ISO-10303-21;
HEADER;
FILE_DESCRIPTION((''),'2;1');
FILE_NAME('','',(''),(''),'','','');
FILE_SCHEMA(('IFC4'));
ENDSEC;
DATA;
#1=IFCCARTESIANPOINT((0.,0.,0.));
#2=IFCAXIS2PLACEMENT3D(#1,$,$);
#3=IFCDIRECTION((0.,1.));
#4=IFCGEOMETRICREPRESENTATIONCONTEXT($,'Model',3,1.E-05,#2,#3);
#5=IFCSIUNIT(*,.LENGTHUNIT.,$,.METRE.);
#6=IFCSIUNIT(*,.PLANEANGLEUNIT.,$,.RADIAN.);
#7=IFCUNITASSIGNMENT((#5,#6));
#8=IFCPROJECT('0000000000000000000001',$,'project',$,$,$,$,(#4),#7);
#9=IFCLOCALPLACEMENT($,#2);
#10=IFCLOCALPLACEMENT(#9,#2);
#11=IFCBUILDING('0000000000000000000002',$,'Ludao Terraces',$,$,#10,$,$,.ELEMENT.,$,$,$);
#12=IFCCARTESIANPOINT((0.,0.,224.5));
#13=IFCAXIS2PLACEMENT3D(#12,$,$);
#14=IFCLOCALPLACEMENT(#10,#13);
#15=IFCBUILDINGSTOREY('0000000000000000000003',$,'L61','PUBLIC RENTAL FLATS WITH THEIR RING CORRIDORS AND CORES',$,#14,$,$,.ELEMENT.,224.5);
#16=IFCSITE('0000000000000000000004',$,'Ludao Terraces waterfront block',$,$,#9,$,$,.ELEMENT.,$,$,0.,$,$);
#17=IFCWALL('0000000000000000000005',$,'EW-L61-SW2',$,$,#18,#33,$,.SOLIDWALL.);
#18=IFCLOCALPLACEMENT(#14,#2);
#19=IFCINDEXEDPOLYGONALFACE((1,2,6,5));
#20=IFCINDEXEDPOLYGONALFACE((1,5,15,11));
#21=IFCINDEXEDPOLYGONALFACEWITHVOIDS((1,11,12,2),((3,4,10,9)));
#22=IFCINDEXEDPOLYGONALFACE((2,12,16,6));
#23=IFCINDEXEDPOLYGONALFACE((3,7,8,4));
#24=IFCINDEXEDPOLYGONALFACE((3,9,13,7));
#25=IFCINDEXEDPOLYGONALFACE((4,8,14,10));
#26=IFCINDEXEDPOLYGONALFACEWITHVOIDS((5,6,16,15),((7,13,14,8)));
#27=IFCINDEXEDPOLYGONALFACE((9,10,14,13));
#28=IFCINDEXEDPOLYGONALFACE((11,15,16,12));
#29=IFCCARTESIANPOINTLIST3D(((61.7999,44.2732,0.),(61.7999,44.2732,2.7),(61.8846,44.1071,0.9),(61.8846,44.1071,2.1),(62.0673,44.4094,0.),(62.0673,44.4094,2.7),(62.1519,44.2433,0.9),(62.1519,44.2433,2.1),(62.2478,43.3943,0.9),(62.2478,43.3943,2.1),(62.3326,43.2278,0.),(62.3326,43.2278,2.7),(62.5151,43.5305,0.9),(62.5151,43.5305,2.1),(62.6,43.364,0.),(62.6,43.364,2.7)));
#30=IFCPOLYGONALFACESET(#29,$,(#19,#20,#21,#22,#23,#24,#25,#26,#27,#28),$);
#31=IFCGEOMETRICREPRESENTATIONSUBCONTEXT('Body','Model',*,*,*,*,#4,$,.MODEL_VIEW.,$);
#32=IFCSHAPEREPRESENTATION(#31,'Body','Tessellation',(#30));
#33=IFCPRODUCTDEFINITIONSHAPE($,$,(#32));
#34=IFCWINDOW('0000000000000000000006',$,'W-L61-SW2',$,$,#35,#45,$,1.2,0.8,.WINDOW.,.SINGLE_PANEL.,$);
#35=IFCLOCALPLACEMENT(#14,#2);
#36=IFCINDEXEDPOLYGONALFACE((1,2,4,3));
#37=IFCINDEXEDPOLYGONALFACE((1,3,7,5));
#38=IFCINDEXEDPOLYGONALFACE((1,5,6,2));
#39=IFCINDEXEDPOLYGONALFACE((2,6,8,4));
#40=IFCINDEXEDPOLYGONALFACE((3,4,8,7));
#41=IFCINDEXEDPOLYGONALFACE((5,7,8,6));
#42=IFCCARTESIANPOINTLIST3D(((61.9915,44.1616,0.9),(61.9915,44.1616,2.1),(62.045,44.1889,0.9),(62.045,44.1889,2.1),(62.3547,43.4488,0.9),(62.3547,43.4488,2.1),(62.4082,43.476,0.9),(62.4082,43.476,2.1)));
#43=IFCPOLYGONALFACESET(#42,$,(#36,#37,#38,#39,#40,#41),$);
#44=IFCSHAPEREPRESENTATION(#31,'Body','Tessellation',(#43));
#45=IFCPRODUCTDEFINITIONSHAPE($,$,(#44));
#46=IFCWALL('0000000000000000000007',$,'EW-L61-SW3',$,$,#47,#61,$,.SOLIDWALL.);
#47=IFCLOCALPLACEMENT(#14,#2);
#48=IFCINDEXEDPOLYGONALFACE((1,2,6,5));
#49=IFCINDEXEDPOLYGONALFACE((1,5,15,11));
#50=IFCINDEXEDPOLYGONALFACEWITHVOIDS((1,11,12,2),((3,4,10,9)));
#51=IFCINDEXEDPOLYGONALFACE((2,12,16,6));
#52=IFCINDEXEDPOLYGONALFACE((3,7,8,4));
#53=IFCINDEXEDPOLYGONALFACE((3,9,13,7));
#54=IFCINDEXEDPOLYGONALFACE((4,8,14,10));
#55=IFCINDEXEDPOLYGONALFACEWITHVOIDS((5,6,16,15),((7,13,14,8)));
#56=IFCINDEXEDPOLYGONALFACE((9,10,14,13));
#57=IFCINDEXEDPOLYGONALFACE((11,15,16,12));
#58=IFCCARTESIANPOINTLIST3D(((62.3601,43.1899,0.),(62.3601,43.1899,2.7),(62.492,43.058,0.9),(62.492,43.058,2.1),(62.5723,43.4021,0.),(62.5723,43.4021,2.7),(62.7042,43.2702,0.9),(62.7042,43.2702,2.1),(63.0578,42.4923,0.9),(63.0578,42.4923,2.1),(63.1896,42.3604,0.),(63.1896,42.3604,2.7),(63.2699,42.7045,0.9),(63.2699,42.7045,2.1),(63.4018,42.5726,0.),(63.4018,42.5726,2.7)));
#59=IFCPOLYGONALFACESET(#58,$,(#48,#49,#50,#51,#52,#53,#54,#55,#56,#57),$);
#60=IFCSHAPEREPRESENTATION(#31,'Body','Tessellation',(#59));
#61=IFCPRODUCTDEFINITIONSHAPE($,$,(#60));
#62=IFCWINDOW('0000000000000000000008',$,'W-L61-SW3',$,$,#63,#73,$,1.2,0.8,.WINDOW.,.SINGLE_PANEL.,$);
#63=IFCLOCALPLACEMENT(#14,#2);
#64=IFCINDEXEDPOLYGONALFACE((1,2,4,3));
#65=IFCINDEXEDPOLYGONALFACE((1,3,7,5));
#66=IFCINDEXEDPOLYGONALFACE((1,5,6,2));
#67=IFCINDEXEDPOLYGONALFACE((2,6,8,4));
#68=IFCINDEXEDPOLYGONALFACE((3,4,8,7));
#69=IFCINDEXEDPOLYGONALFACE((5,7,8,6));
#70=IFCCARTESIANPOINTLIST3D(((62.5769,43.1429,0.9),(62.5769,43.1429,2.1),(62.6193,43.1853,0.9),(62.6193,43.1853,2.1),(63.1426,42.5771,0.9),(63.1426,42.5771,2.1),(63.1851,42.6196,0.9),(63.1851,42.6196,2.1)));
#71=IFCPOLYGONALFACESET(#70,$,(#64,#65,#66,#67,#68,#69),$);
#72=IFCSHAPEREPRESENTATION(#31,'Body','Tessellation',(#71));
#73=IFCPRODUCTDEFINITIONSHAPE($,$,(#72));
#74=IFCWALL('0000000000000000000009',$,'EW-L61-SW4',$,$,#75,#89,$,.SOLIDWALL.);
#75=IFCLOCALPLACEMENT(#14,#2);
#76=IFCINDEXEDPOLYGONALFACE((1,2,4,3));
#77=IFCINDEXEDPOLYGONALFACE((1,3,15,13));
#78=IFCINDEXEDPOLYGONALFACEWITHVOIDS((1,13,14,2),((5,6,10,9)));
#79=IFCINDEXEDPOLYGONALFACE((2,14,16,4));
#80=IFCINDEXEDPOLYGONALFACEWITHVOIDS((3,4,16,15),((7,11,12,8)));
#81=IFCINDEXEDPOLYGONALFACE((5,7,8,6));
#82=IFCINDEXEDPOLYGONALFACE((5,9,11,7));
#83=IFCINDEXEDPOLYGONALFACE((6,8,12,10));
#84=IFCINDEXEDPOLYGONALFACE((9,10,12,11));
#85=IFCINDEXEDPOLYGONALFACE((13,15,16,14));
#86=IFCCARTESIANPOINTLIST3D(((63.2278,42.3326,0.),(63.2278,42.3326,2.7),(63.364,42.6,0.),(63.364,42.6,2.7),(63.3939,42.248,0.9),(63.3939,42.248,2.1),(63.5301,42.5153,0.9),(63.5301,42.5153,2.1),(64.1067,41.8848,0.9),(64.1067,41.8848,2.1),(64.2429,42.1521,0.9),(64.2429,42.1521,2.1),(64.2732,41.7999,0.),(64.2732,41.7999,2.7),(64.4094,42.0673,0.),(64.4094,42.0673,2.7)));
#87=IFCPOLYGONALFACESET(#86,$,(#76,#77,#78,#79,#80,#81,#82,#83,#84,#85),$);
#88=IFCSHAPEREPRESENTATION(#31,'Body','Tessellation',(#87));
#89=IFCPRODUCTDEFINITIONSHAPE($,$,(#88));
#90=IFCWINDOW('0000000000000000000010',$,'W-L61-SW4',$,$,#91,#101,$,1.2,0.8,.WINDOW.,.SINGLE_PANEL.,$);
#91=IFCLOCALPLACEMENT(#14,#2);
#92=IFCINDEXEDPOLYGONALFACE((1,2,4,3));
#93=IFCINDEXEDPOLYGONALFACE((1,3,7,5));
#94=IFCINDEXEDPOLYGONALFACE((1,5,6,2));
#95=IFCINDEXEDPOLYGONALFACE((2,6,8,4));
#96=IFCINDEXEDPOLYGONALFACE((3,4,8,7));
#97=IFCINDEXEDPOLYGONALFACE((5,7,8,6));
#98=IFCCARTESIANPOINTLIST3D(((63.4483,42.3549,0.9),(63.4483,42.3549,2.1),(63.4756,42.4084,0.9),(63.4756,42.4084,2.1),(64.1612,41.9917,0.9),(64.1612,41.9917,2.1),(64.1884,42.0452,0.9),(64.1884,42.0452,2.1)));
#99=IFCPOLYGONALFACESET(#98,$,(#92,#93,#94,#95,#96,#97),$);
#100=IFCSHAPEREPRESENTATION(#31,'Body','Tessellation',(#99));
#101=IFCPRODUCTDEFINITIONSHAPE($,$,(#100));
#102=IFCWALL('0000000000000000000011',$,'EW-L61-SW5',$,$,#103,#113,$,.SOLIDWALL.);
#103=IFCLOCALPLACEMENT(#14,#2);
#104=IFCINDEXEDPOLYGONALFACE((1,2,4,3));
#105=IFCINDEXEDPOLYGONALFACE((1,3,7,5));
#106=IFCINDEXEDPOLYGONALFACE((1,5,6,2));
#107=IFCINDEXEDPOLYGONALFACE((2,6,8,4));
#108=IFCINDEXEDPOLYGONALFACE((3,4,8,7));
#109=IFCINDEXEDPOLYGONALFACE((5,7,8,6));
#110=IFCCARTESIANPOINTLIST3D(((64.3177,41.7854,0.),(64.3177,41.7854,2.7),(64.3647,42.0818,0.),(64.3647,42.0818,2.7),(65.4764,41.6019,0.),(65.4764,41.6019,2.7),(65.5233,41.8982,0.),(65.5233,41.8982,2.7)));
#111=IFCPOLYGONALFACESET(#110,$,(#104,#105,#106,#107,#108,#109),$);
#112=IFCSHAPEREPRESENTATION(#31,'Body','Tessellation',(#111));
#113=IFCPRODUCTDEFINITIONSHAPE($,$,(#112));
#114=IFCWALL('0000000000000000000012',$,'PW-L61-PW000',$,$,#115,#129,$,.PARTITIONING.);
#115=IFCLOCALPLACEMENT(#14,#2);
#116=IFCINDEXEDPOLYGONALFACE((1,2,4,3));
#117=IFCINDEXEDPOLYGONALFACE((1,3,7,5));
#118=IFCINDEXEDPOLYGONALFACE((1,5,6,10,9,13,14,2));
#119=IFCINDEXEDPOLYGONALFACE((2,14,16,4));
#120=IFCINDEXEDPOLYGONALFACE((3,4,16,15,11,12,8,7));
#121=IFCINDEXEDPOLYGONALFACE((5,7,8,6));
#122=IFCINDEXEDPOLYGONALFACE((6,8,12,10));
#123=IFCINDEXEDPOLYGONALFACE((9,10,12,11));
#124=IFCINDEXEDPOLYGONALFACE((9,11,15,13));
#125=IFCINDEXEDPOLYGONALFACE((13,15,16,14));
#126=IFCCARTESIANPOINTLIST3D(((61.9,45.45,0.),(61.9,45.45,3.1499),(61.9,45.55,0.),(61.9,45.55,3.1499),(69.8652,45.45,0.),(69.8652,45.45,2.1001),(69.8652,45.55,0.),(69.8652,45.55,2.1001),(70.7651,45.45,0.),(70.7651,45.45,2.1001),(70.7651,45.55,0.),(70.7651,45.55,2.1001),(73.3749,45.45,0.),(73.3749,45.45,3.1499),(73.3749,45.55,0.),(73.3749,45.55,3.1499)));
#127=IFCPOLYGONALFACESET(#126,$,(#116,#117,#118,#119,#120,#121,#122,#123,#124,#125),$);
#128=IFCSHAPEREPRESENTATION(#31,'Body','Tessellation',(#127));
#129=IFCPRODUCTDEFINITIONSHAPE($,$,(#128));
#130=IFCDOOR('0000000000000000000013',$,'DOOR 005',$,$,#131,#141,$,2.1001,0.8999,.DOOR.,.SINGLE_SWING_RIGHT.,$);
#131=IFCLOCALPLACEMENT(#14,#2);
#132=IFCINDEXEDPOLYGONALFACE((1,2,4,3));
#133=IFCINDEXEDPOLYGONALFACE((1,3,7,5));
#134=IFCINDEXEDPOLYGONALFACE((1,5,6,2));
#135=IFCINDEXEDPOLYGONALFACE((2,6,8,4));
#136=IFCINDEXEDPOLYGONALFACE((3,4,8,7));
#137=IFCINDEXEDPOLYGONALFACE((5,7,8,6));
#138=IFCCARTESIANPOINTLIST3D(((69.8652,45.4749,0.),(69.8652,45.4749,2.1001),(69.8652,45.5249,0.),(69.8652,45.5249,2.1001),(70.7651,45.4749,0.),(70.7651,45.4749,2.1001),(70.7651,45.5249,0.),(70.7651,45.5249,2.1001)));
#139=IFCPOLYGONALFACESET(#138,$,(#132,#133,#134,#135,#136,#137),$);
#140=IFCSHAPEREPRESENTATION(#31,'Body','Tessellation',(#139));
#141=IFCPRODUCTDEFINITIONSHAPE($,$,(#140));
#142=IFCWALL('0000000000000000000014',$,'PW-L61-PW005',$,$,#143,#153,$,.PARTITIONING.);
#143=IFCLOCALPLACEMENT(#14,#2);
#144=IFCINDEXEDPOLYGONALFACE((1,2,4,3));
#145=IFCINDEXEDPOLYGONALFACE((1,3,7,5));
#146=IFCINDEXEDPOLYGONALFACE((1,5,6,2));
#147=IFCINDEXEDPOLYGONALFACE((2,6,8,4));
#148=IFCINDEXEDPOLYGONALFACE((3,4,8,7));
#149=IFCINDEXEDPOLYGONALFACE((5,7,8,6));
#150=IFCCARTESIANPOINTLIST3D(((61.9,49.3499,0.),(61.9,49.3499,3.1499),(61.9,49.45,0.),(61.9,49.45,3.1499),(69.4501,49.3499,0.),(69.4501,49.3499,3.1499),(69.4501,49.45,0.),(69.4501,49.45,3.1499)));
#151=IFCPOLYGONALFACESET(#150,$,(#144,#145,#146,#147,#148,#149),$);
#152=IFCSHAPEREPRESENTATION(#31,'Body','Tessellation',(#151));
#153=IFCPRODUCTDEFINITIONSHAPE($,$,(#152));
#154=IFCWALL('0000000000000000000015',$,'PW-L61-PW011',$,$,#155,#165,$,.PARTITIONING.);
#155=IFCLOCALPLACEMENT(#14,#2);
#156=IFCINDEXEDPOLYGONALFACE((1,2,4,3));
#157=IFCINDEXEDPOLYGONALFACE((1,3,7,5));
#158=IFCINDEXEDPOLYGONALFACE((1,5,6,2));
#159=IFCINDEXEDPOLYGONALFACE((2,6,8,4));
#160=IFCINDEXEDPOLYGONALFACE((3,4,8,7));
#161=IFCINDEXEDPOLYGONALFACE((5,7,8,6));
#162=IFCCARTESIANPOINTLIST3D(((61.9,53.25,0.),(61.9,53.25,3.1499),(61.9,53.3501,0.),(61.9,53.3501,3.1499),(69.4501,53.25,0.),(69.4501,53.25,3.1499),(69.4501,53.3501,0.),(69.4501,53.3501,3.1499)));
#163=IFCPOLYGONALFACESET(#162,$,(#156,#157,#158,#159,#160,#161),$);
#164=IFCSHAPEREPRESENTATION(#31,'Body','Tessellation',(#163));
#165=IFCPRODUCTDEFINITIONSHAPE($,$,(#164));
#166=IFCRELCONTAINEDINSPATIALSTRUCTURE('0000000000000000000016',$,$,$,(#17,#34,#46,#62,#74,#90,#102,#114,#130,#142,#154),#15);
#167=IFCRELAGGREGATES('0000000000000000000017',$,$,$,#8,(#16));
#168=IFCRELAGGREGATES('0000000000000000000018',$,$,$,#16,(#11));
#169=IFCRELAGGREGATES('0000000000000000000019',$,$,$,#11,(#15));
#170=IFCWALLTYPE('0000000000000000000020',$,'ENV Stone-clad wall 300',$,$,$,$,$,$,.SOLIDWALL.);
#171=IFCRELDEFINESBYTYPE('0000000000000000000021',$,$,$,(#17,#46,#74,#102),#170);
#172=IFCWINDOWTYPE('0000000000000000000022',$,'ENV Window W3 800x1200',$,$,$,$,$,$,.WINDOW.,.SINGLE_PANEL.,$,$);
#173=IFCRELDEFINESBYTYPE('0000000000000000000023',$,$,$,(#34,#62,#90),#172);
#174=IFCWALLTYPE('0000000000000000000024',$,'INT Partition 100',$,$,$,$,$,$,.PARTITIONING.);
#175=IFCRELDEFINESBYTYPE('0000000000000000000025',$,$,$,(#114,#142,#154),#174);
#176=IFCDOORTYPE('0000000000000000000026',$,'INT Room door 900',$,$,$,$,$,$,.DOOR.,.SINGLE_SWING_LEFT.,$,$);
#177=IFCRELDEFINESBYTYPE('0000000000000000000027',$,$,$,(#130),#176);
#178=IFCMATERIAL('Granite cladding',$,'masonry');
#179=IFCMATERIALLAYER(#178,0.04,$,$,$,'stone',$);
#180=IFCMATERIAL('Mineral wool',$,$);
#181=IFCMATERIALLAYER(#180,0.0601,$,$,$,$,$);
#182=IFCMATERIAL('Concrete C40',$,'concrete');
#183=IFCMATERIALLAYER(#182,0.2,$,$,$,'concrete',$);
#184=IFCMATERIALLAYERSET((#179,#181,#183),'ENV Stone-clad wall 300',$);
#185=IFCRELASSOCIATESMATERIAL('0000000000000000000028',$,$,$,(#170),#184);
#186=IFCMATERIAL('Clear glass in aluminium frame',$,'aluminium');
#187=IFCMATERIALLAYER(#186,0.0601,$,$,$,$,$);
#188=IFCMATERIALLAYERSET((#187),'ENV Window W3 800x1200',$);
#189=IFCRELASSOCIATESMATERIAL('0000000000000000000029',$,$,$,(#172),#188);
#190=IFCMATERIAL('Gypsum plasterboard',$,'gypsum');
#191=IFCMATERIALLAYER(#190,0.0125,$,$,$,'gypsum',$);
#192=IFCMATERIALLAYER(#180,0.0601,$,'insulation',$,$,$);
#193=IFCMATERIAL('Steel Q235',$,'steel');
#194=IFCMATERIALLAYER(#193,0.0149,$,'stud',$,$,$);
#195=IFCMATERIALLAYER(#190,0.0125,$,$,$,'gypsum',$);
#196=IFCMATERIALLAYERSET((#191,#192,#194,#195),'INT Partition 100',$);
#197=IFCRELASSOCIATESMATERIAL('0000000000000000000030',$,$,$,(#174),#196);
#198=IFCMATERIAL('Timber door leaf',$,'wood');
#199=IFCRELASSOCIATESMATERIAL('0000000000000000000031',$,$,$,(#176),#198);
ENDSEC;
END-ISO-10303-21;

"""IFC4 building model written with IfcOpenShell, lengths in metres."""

from ifc_helpers import new_model, si_unit, direction, frame, frame_2d, origin, place, context, subcontext, project, spatial, rectangle, extrude, material, layer, layer_set, type_object, element, fill, save


model = new_model("IFC4")

# Units and contexts
model_context = context("Model", 3, precision=1e-05, world=origin(), true_north=direction((0.0, 1.0)))
body_context = subcontext(model_context, "Body", "Model", "MODEL_VIEW")
ifc_project = project(units=[si_unit("LENGTHUNIT", "METRE"), si_unit("PLANEANGLEUNIT", "RADIAN")], contexts=[model_context])

# Site, building, storey
site_placement = place(None, origin())
site = spatial("IfcSite", under=ifc_project, at=site_placement, Name="Ludao Terraces waterfront block", CompositionType="ELEMENT", RefElevation=0.0)
building_placement = place(site_placement, origin())
building = spatial("IfcBuilding", under=site, at=building_placement, Name="Ludao Terraces", CompositionType="ELEMENT")
storey_placement = place(building_placement, frame((0.0, 0.0, 224.5)))
storey = spatial("IfcBuildingStorey", under=building, at=storey_placement, Name="L61", Description="PUBLIC RENTAL FLATS WITH THEIR RING CORRIDORS AND CORES", CompositionType="ELEMENT", Elevation=224.5)

# Shared definitions
ifc_material_1 = material(Name="Concrete C40", Category="concrete")

# Shared definitions
ifc_material_2 = material(Name="Granite cladding", Category="masonry")
ifc_layer_1 = layer(ifc_material_2, 0.04, Category="stone")
ifc_material_3 = material(Name="Mineral wool")
ifc_layer_2 = layer(ifc_material_3, 0.0601)
ifc_layer_3 = layer(ifc_material_1, 0.2, Category="concrete")
ifc_layer_set_1 = layer_set([ifc_layer_1, ifc_layer_2, ifc_layer_3], Name="ENV Stone-clad wall 300")
wall_type_1 = type_object("IfcWallType", Name="ENV Stone-clad wall 300", PredefinedType="SOLIDWALL", material=ifc_layer_set_1)
ifc_material_4 = material(Name="Clear glass in aluminium frame", Category="aluminium")

# Walls, openings, windows
wall_1_placement = place(storey_placement, frame((61.9336, 44.3413, 0.0), z_axis=(0.0, 0.0, 1.0), x_axis=(0.454026, -0.890989, 0.0)))
wall_1 = element("IfcWall", 1, at=wall_1_placement, inside=storey, type_object=wall_type_1, Name="EW-L61-SW2", PredefinedType="SOLIDWALL", context=body_context, shape_type="SweptSolid", body=[
    extrude(rectangle(XDim=1.1733, YDim=0.3, at=frame_2d((0.5867, 0.0))), origin(), (0.0, 0.0, 1.0), 2.7),
])
opening_1_placement = place(wall_1_placement, frame((0.1865, 0.0, 0.8999)))
opening_1 = element("IfcOpeningElement", 2, at=opening_1_placement, cuts=wall_1, PredefinedType="OPENING", context=body_context, shape_type="SweptSolid", body=[
    extrude(rectangle(XDim=0.8, YDim=1.2, at=frame_2d((0.3999, 0.6001))), frame((0.0, 0.1602, 0.0), z_axis=(0.0, -1.0, 0.0), x_axis=(1.0, 0.0, 0.0)), (0.0, 0.0, 1.0), 0.3201),
])
ifc_layer_4 = layer(ifc_material_4, 0.0601)
ifc_layer_set_2 = layer_set([ifc_layer_4], Name="ENV Window W3 800x1200")
window_type_1 = type_object("IfcWindowType", Name="ENV Window W3 800x1200", PartitioningType="SINGLE_PANEL", PredefinedType="WINDOW", material=ifc_layer_set_2)
window_1_placement = place(opening_1_placement, origin())
window_1 = element("IfcWindow", 3, at=window_1_placement, inside=storey, type_object=window_type_1, Name="W-L61-SW2", OverallHeight=1.2, OverallWidth=0.8, PartitioningType="SINGLE_PANEL", PredefinedType="WINDOW", context=body_context, shape_type="SweptSolid", body=[
    extrude(rectangle(XDim=0.8, YDim=1.2, at=frame_2d((0.3999, 0.6001))), frame((0.0, 0.03, 0.0), z_axis=(0.0, -1.0, 0.0), x_axis=(1.0, 0.0, 0.0)), (0.0, 0.0, 1.0), 0.0601),
])
fill(opening_1, window_1)
wall_2_placement = place(storey_placement, frame((62.4663, 43.2959, 0.0), z_axis=(0.0, 0.0, 1.0), x_axis=(0.707107, -0.707107, 0.0)))
wall_2 = element("IfcWall", 4, at=wall_2_placement, inside=storey, type_object=wall_type_1, Name="EW-L61-SW3", PredefinedType="SOLIDWALL", context=body_context, shape_type="SweptSolid", body=[
    extrude(rectangle(XDim=1.1731, YDim=0.3, at=frame_2d((0.5864, 0.0))), origin(), (0.0, 0.0, 1.0), 2.7),
])
opening_2_placement = place(wall_2_placement, frame((0.1865, 0.0, 0.8999)))
opening_2 = element("IfcOpeningElement", 5, at=opening_2_placement, cuts=wall_2, PredefinedType="OPENING", context=body_context, shape_type="SweptSolid", body=[
    extrude(rectangle(XDim=0.8, YDim=1.2, at=frame_2d((0.3999, 0.6001))), frame((0.0, 0.1602, 0.0), z_axis=(0.0, -1.0, 0.0), x_axis=(1.0, 0.0, 0.0)), (0.0, 0.0, 1.0), 0.3201),
])
window_2_placement = place(opening_2_placement, origin())
window_2 = element("IfcWindow", 6, at=window_2_placement, inside=storey, type_object=window_type_1, Name="W-L61-SW3", OverallHeight=1.2, OverallWidth=0.8, PartitioningType="SINGLE_PANEL", PredefinedType="WINDOW", context=body_context, shape_type="SweptSolid", body=[
    extrude(rectangle(XDim=0.8, YDim=1.2, at=frame_2d((0.3999, 0.6001))), frame((0.0, 0.03, 0.0), z_axis=(0.0, -1.0, 0.0), x_axis=(1.0, 0.0, 0.0)), (0.0, 0.0, 1.0), 0.0601),
])
fill(opening_2, window_2)
wall_3_placement = place(storey_placement, frame((63.2959, 42.4663, 0.0), z_axis=(0.0, 0.0, 1.0), x_axis=(0.890989, -0.454026, 0.0)))
wall_3 = element("IfcWall", 7, at=wall_3_placement, inside=storey, type_object=wall_type_1, Name="EW-L61-SW4", PredefinedType="SOLIDWALL", context=body_context, shape_type="SweptSolid", body=[
    extrude(rectangle(XDim=1.1733, YDim=0.3, at=frame_2d((0.5867, 0.0))), origin(), (0.0, 0.0, 1.0), 2.7),
])
opening_3_placement = place(wall_3_placement, frame((0.1865, 0.0, 0.8999)))
opening_3 = element("IfcOpeningElement", 8, at=opening_3_placement, cuts=wall_3, PredefinedType="OPENING", context=body_context, shape_type="SweptSolid", body=[
    extrude(rectangle(XDim=0.8, YDim=1.2, at=frame_2d((0.3999, 0.6001))), frame((0.0, 0.1602, 0.0), z_axis=(0.0, -1.0, 0.0), x_axis=(1.0, 0.0, 0.0)), (0.0, 0.0, 1.0), 0.3201),
])
window_3_placement = place(opening_3_placement, origin())
window_3 = element("IfcWindow", 9, at=window_3_placement, inside=storey, type_object=window_type_1, Name="W-L61-SW4", OverallHeight=1.2, OverallWidth=0.8, PartitioningType="SINGLE_PANEL", PredefinedType="WINDOW", context=body_context, shape_type="SweptSolid", body=[
    extrude(rectangle(XDim=0.8, YDim=1.2, at=frame_2d((0.3999, 0.6001))), frame((0.0, 0.03, 0.0), z_axis=(0.0, -1.0, 0.0), x_axis=(1.0, 0.0, 0.0)), (0.0, 0.0, 1.0), 0.0601),
])
fill(opening_3, window_3)

# Wall
wall_4_placement = place(storey_placement, frame((64.3413, 41.9336, 0.0), z_axis=(0.0, 0.0, 1.0), x_axis=(0.987678, -0.156497, 0.0)))
element("IfcWall", 10, at=wall_4_placement, inside=storey, type_object=wall_type_1, Name="EW-L61-SW5", PredefinedType="SOLIDWALL", context=body_context, shape_type="SweptSolid", body=[
    extrude(rectangle(XDim=1.1731, YDim=0.3, at=frame_2d((0.5864, 0.0))), origin(), (0.0, 0.0, 1.0), 2.7),
])

# Wall, opening, door
ifc_material_5 = material(Name="Gypsum plasterboard", Category="gypsum")
ifc_layer_5 = layer(ifc_material_5, 0.0125, Category="gypsum")
ifc_layer_6 = layer(ifc_material_3, 0.0601, Name="insulation")
ifc_material_6 = material(Name="Steel Q235", Category="steel")
ifc_layer_7 = layer(ifc_material_6, 0.0149, Name="stud")
ifc_layer_8 = layer(ifc_material_5, 0.0125, Category="gypsum")
ifc_layer_set_3 = layer_set([ifc_layer_5, ifc_layer_6, ifc_layer_7, ifc_layer_8], Name="INT Partition 100")
wall_type_2 = type_object("IfcWallType", Name="INT Partition 100", PredefinedType="PARTITIONING", material=ifc_layer_set_3)
wall_5_placement = place(storey_placement, frame((61.9001, 45.5, 0.0), z_axis=(0.0, 0.0, 1.0), x_axis=(1.0, 0.0, 0.0)))
wall_5 = element("IfcWall", 11, at=wall_5_placement, inside=storey, type_object=wall_type_2, Name="PW-L61-PW000", PredefinedType="PARTITIONING", context=body_context, shape_type="SweptSolid", body=[
    extrude(rectangle(XDim=11.4749, YDim=0.1001, at=frame_2d((5.7373, 0.0))), origin(), (0.0, 0.0, 1.0), 3.1499),
])
opening_4_placement = place(wall_5_placement, frame((7.9651, 0.0, 0.0)))
opening_4 = element("IfcOpeningElement", 12, at=opening_4_placement, cuts=wall_5, PredefinedType="OPENING", context=body_context, shape_type="SweptSolid", body=[
    extrude(rectangle(XDim=0.8999, YDim=2.1001, at=frame_2d((0.45, 1.05))), frame((0.0, 0.0601, 0.0), z_axis=(0.0, -1.0, 0.0), x_axis=(1.0, 0.0, 0.0)), (0.0, 0.0, 1.0), 0.1201),
])
ifc_material_7 = material(Name="Timber door leaf", Category="wood")
door_type_1 = type_object("IfcDoorType", Name="INT Room door 900", OperationType="SINGLE_SWING_LEFT", PredefinedType="DOOR", material=ifc_material_7)
door_1_placement = place(opening_4_placement, origin())
door_1 = element("IfcDoor", 13, at=door_1_placement, inside=storey, type_object=door_type_1, Name="DOOR 005", OperationType="SINGLE_SWING_RIGHT", OverallHeight=2.1001, OverallWidth=0.8999, PredefinedType="DOOR", context=body_context, shape_type="SweptSolid", body=[
    extrude(rectangle(XDim=0.8999, YDim=2.1001, at=frame_2d((0.45, 1.05))), frame((0.0, 0.0249, 0.0), z_axis=(0.0, -1.0, 0.0), x_axis=(1.0, 0.0, 0.0)), (0.0, 0.0, 1.0), 0.05),
])
fill(opening_4, door_1)

# Walls
for number, where, z_axis, x_axis, name in (
    (14, (61.9001, 49.3999, 0.0), (0.0, 0.0, 1.0), (1.0, 0.0, 0.0), "PW-L61-PW005"),
    (15, (61.9001, 53.3, 0.0), (0.0, 0.0, 1.0), (1.0, 0.0, 0.0), "PW-L61-PW011"),
):
    element("IfcWall", number, at=place(storey_placement, frame(where, z_axis=z_axis, x_axis=x_axis)), inside=storey, type_object=wall_type_2, Name=name, PredefinedType="PARTITIONING", context=body_context, shape_type="SweptSolid", body=[
        extrude(rectangle(XDim=7.55, YDim=0.1001, at=frame_2d((3.7749, 0.0))), origin(), (0.0, 0.0, 1.0), 3.1499),
    ])

save(model, "model.ifc")
